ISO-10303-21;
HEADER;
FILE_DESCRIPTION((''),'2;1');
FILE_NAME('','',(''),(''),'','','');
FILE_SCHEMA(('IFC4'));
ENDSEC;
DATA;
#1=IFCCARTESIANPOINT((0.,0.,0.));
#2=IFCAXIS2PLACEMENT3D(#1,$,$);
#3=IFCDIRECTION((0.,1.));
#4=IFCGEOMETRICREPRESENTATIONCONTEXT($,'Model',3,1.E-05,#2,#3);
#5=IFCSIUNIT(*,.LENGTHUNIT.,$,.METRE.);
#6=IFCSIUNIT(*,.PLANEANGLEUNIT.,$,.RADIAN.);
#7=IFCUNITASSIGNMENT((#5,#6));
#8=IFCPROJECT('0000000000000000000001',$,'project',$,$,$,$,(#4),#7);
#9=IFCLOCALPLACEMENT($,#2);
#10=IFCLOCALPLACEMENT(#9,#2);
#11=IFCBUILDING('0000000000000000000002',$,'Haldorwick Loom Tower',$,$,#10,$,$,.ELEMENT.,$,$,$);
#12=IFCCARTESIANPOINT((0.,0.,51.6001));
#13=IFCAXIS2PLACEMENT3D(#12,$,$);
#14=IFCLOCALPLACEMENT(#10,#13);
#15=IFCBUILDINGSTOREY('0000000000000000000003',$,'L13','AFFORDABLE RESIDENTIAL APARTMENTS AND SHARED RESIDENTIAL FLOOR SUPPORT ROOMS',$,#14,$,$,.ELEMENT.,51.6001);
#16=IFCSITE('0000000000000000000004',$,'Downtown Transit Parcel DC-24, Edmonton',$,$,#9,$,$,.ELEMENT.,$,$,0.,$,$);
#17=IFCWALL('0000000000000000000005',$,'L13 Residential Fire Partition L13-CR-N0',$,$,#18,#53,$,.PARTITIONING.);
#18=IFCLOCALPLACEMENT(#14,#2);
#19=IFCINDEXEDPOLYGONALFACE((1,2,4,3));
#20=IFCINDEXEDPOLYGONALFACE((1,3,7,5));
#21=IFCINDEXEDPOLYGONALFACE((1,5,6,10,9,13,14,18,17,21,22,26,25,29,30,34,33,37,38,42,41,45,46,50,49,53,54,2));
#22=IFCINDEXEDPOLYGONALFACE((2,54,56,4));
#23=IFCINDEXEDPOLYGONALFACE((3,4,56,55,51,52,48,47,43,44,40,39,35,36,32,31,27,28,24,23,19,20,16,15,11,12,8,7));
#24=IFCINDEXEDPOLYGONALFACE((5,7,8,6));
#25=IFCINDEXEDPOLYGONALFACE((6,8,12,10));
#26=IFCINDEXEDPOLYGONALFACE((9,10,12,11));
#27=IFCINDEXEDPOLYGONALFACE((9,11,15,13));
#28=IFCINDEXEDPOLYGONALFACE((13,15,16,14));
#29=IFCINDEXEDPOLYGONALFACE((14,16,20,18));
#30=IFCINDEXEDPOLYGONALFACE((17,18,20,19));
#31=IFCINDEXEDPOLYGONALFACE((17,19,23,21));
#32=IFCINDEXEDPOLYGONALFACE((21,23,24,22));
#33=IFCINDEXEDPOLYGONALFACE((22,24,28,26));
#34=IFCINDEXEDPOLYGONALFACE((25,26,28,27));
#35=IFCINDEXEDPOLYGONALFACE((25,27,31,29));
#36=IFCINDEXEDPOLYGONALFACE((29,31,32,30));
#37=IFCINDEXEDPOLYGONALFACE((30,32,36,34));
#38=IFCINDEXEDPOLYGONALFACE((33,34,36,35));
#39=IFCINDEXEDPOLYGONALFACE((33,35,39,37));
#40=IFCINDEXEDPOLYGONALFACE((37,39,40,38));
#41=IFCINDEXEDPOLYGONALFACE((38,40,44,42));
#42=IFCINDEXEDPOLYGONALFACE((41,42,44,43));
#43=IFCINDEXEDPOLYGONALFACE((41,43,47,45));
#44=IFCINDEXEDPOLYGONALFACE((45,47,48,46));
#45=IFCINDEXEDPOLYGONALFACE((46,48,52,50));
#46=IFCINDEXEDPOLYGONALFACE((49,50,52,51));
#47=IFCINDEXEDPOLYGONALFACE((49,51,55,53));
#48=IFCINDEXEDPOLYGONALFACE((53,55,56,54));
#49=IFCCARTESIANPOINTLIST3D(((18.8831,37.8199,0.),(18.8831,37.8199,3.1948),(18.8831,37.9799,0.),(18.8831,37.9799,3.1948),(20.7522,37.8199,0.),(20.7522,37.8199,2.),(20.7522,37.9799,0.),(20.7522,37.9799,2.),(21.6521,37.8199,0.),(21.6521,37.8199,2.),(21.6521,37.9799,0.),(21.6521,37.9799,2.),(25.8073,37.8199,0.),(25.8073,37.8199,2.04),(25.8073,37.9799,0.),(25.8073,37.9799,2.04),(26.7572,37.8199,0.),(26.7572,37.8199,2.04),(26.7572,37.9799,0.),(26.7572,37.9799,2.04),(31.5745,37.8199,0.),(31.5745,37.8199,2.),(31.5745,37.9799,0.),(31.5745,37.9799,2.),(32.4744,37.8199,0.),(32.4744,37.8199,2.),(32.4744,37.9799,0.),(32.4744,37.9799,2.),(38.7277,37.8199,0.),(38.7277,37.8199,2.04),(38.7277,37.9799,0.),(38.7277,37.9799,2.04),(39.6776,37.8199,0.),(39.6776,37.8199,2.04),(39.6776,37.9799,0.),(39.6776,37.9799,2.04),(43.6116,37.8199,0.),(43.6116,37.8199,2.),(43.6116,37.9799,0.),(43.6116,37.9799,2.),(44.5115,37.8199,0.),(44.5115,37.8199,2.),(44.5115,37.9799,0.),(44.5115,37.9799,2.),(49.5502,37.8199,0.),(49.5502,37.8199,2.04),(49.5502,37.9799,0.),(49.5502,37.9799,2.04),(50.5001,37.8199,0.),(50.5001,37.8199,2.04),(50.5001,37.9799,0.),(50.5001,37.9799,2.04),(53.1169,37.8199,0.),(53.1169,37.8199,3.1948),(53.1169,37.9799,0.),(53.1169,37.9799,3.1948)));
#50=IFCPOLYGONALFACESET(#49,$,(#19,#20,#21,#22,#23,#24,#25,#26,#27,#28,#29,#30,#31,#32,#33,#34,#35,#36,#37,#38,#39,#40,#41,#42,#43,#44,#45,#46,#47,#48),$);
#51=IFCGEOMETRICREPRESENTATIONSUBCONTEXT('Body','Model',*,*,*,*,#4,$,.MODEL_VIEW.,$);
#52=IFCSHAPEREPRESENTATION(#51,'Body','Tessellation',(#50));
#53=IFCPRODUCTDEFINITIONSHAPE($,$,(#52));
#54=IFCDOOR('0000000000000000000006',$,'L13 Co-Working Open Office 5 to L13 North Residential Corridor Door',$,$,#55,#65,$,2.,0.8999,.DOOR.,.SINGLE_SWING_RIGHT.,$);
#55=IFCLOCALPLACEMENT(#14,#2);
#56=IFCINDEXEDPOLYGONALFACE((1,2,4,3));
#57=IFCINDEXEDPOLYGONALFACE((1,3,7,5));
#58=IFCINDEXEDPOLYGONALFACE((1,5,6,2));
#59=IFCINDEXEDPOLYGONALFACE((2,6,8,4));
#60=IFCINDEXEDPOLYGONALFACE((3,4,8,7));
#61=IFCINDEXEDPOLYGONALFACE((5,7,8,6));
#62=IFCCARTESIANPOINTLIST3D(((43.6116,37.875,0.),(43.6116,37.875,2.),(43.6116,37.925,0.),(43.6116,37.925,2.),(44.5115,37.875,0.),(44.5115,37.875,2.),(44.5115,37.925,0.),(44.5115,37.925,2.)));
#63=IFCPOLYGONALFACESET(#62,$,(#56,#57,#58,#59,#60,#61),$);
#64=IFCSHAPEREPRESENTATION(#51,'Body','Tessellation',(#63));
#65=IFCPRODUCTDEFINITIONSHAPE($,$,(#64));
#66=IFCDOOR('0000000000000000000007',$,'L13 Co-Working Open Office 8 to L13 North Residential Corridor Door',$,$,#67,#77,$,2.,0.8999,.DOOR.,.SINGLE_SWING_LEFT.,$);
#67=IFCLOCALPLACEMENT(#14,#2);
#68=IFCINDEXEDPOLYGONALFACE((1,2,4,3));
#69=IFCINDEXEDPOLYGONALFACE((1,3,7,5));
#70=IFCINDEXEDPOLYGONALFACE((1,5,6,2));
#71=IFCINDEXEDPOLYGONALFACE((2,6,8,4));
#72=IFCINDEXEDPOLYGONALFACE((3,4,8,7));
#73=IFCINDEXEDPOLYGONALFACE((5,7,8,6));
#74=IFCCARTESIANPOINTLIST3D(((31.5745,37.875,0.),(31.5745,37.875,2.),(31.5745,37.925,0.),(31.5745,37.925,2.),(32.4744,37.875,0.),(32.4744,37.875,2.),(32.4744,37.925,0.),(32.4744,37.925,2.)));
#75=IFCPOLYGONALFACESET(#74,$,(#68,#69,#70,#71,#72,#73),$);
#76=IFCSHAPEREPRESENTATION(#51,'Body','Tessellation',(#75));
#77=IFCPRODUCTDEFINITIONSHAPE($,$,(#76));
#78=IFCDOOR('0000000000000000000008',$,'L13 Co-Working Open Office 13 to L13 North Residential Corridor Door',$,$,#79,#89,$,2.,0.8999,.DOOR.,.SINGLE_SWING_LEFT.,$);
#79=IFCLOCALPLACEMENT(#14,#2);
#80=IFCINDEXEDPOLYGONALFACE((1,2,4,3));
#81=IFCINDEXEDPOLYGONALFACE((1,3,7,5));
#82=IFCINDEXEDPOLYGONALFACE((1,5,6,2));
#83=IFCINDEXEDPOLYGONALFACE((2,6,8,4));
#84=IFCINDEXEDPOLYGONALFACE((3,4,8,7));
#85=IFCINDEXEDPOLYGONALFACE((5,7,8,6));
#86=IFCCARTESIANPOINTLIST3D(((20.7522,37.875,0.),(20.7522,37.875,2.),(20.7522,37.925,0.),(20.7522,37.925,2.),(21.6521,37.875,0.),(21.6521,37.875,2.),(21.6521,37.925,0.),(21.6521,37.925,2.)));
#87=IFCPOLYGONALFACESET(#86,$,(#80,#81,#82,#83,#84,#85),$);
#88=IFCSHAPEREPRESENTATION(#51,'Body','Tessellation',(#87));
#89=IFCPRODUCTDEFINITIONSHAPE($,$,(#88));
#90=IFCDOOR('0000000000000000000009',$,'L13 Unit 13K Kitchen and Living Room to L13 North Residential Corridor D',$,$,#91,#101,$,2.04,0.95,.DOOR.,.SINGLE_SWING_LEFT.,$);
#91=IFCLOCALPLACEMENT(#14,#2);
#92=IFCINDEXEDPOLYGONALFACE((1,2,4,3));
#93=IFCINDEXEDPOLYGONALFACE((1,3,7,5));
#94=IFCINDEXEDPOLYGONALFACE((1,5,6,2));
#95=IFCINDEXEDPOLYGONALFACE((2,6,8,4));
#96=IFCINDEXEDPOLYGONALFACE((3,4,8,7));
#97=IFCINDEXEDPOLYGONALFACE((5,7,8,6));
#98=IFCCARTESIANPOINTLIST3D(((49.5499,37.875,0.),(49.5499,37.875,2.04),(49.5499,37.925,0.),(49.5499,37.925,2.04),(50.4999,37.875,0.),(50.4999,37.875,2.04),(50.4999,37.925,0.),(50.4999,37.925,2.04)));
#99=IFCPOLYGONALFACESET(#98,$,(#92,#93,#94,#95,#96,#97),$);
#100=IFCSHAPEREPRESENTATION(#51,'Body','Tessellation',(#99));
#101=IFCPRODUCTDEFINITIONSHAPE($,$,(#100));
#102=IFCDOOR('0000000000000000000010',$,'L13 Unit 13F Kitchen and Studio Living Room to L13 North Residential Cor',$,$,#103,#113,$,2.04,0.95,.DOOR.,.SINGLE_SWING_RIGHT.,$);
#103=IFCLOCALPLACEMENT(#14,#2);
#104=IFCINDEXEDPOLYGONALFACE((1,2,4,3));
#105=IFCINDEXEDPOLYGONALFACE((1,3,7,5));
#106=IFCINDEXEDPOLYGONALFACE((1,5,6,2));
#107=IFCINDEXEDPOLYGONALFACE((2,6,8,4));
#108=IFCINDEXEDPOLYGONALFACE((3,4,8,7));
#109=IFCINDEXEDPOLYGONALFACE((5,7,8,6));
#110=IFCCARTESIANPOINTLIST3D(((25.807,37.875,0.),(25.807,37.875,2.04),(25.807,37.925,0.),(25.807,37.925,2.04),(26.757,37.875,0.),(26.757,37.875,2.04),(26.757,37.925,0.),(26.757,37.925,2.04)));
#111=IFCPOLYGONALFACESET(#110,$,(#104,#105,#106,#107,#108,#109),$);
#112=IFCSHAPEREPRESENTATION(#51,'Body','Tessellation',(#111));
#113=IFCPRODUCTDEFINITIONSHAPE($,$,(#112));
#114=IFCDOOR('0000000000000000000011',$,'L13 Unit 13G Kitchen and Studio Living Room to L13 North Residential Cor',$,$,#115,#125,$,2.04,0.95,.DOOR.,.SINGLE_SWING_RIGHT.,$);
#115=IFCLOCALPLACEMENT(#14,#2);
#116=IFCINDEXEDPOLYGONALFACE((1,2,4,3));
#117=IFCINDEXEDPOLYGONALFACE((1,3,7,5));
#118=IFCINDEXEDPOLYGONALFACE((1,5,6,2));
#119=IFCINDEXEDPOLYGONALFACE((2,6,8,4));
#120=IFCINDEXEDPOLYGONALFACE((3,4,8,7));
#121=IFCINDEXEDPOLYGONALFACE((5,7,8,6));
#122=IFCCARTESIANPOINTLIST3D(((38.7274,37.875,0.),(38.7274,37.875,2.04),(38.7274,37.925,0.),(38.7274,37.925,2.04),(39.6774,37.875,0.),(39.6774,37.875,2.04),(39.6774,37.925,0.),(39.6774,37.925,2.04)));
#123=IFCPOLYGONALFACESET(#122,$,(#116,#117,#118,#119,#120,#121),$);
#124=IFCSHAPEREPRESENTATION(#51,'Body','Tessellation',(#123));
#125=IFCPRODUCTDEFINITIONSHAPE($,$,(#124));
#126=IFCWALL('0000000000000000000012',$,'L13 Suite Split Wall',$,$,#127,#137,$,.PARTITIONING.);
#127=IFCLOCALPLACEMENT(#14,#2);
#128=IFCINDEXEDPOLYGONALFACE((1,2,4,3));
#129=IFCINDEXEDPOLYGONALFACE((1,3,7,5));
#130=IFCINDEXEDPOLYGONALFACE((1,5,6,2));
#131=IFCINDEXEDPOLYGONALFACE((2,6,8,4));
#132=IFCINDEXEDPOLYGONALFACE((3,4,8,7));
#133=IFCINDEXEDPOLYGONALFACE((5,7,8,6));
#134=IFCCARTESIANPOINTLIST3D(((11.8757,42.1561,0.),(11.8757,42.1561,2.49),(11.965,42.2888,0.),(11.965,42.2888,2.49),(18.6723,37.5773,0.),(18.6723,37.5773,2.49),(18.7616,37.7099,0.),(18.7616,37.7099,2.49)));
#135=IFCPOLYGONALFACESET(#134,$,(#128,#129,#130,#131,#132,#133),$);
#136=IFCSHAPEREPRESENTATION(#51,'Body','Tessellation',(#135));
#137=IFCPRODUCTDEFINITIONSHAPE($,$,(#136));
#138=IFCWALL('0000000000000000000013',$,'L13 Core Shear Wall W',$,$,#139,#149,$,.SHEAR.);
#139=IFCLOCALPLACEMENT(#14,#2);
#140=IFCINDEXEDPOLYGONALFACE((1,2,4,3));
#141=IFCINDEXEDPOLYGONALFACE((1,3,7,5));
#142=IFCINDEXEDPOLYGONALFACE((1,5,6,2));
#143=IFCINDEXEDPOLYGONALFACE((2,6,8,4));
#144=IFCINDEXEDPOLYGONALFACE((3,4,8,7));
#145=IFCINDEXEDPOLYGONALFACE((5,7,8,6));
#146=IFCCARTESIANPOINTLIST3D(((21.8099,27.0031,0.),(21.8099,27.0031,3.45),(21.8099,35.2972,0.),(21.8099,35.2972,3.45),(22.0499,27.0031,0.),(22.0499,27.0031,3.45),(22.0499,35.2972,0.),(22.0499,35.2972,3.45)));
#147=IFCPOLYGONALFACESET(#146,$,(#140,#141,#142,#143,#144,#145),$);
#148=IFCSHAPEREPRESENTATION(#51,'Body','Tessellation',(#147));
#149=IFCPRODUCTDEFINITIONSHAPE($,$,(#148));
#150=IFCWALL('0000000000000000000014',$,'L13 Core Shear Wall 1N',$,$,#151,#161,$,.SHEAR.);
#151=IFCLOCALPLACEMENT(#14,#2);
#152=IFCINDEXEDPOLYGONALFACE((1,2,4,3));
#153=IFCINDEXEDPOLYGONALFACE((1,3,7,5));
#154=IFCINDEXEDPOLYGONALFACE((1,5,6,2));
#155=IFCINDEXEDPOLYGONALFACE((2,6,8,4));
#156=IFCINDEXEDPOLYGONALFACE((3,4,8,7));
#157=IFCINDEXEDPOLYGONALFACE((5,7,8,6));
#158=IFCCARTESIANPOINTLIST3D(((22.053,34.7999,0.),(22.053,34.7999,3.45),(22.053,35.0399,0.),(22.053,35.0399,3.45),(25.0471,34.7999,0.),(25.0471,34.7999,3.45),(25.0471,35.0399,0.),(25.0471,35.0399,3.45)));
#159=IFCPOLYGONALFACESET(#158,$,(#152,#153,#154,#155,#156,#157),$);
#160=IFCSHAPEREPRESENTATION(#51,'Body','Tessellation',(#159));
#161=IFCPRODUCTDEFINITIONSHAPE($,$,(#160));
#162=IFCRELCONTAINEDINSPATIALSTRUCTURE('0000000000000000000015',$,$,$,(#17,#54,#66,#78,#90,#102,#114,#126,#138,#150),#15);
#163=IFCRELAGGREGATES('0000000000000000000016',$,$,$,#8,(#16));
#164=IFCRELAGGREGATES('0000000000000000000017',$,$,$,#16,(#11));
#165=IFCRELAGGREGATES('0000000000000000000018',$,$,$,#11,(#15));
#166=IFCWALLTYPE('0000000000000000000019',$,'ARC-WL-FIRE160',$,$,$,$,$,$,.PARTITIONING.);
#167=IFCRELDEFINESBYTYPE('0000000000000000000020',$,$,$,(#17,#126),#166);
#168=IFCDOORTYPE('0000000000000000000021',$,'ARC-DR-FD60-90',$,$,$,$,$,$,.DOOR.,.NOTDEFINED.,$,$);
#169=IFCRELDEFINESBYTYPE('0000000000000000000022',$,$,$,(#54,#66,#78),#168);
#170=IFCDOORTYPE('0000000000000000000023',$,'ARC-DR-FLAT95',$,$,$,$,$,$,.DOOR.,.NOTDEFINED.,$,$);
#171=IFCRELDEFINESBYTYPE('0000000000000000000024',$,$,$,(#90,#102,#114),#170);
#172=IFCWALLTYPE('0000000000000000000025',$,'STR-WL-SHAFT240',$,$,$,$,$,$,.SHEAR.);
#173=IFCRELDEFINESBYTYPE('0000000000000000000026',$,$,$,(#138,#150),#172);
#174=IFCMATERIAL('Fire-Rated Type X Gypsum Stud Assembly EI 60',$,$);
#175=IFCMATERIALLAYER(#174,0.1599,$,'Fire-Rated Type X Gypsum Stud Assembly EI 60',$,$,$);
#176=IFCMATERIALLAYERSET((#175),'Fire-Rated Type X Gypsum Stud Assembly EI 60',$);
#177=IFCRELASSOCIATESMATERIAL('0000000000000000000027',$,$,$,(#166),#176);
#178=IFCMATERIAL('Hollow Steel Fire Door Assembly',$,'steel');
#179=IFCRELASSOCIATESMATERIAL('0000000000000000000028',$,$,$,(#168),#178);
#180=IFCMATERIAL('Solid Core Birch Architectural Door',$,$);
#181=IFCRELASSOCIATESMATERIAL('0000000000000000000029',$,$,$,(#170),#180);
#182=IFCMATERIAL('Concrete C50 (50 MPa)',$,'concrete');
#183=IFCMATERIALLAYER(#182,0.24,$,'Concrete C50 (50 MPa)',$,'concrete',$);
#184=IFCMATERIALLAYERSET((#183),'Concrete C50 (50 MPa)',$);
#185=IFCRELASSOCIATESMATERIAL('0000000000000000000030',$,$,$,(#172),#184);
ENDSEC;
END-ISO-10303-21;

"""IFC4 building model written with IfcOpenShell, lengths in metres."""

from ifc_helpers import new_model, si_unit, direction, frame, frame_2d, origin, place, context, subcontext, project, spatial, rectangle, extrude, material, layer, layer_set, type_object, element, fill, save


model = new_model("IFC4")

# Units and contexts
model_context = context("Model", 3, precision=1e-05, world=origin(), true_north=direction((0.0, 1.0)))
body_context = subcontext(model_context, "Body", "Model", "MODEL_VIEW")
ifc_project = project(units=[si_unit("LENGTHUNIT", "METRE"), si_unit("PLANEANGLEUNIT", "RADIAN")], contexts=[model_context])

# Site, building, storey
site_placement = place(None, origin())
site = spatial("IfcSite", under=ifc_project, at=site_placement, Name="Downtown Transit Parcel DC-24, Edmonton", CompositionType="ELEMENT", RefElevation=0.0)
building_placement = place(site_placement, origin())
building = spatial("IfcBuilding", under=site, at=building_placement, Name="Haldorwick Loom Tower", CompositionType="ELEMENT")
storey_placement = place(building_placement, frame((0.0, 0.0, 51.6001)))
storey = spatial("IfcBuildingStorey", under=building, at=storey_placement, Name="L13", Description="AFFORDABLE RESIDENTIAL APARTMENTS AND SHARED RESIDENTIAL FLOOR SUPPORT ROOMS", CompositionType="ELEMENT", Elevation=51.6001)

# Shared definitions
ifc_material_1 = material(Name="Fire-Rated Type X Gypsum Stud Assembly EI 60")
ifc_layer_1 = layer(ifc_material_1, 0.1599, Name="Fire-Rated Type X Gypsum Stud Assembly EI 60")
ifc_layer_set_1 = layer_set([ifc_layer_1], Name="Fire-Rated Type X Gypsum Stud Assembly EI 60")
wall_type_1 = type_object("IfcWallType", Name="ARC-WL-FIRE160", PredefinedType="PARTITIONING", material=ifc_layer_set_1)

# Wall, openings, doors
wall_1_placement = place(storey_placement, frame((18.8831, 37.8999, 0.0), z_axis=(0.0, 0.0, 1.0), x_axis=(1.0, 0.0, 0.0)))
wall_1 = element("IfcWall", 1, at=wall_1_placement, inside=storey, type_object=wall_type_1, Name="L13 Residential Fire Partition L13-CR-N0", PredefinedType="PARTITIONING", context=body_context, shape_type="SweptSolid", body=[
    extrude(rectangle(XDim=34.2339, YDim=0.1599, at=frame_2d((17.1169, 0.0))), origin(), (0.0, 0.0, 1.0), 3.1948),
])
opening_1_placement = place(wall_1_placement, frame((30.667, 0.0, 0.0)))
opening_1 = element("IfcOpeningElement", 2, at=opening_1_placement, cuts=wall_1, PredefinedType="OPENING", context=body_context, shape_type="SweptSolid", body=[
    extrude(rectangle(XDim=0.95, YDim=2.04, at=frame_2d((0.4751, 1.02))), frame((0.0, 0.0898, 0.0), z_axis=(0.0, -1.0, 0.0), x_axis=(1.0, 0.0, 0.0)), (0.0, 0.0, 1.0), 0.1799),
])
opening_2_placement = place(wall_1_placement, frame((24.7285, 0.0, 0.0)))
opening_2 = element("IfcOpeningElement", 3, at=opening_2_placement, cuts=wall_1, PredefinedType="OPENING", context=body_context, shape_type="SweptSolid", body=[
    extrude(rectangle(XDim=0.8999, YDim=2.0, at=frame_2d((0.45, 1.0))), frame((0.0, 0.0898, 0.0), z_axis=(0.0, -1.0, 0.0), x_axis=(1.0, 0.0, 0.0)), (0.0, 0.0, 1.0), 0.1799),
])
opening_3_placement = place(wall_1_placement, frame((12.6914, 0.0, 0.0)))
opening_3 = element("IfcOpeningElement", 4, at=opening_3_placement, cuts=wall_1, PredefinedType="OPENING", context=body_context, shape_type="SweptSolid", body=[
    extrude(rectangle(XDim=0.8999, YDim=2.0, at=frame_2d((0.45, 1.0))), frame((0.0, 0.0898, 0.0), z_axis=(0.0, -1.0, 0.0), x_axis=(1.0, 0.0, 0.0)), (0.0, 0.0, 1.0), 0.1799),
])
opening_4_placement = place(wall_1_placement, frame((6.9241, 0.0, 0.0)))
opening_4 = element("IfcOpeningElement", 5, at=opening_4_placement, cuts=wall_1, PredefinedType="OPENING", context=body_context, shape_type="SweptSolid", body=[
    extrude(rectangle(XDim=0.95, YDim=2.04, at=frame_2d((0.4751, 1.02))), frame((0.0, 0.0898, 0.0), z_axis=(0.0, -1.0, 0.0), x_axis=(1.0, 0.0, 0.0)), (0.0, 0.0, 1.0), 0.1799),
])
opening_5_placement = place(wall_1_placement, frame((1.8691, 0.0, 0.0)))
opening_5 = element("IfcOpeningElement", 6, at=opening_5_placement, cuts=wall_1, PredefinedType="OPENING", context=body_context, shape_type="SweptSolid", body=[
    extrude(rectangle(XDim=0.8999, YDim=2.0, at=frame_2d((0.45, 1.0))), frame((0.0, 0.0898, 0.0), z_axis=(0.0, -1.0, 0.0), x_axis=(1.0, 0.0, 0.0)), (0.0, 0.0, 1.0), 0.1799),
])
opening_6_placement = place(wall_1_placement, frame((19.8445, 0.0, 0.0)))
opening_6 = element("IfcOpeningElement", 7, at=opening_6_placement, cuts=wall_1, PredefinedType="OPENING", context=body_context, shape_type="SweptSolid", body=[
    extrude(rectangle(XDim=0.95, YDim=2.04, at=frame_2d((0.4751, 1.02))), frame((0.0, 0.0898, 0.0), z_axis=(0.0, -1.0, 0.0), x_axis=(1.0, 0.0, 0.0)), (0.0, 0.0, 1.0), 0.1799),
])
ifc_material_2 = material(Name="Hollow Steel Fire Door Assembly", Category="steel")
door_type_1 = type_object("IfcDoorType", Name="ARC-DR-FD60-90", OperationType="NOTDEFINED", PredefinedType="DOOR", material=ifc_material_2)
door_1_placement = place(opening_2_placement, frame((0.8999, 0.0, 0.0), z_axis=(0.0, 0.0, 1.0), x_axis=(-1.0, 0.0, 0.0)))
door_1 = element("IfcDoor", 8, at=door_1_placement, inside=storey, type_object=door_type_1, Name="L13 Co-Working Open Office 5 to L13 North Residential Corridor Door", OperationType="SINGLE_SWING_RIGHT", OverallHeight=2.0, OverallWidth=0.8999, PredefinedType="DOOR", context=body_context, shape_type="SweptSolid", body=[
    extrude(rectangle(XDim=0.8999, YDim=2.0, at=frame_2d((0.45, 1.0))), frame((0.0, 0.0249, 0.0), z_axis=(0.0, -1.0, 0.0), x_axis=(1.0, 0.0, 0.0)), (0.0, 0.0, 1.0), 0.05),
])
fill(opening_2, door_1)
door_2_placement = place(opening_3_placement, frame((0.8999, 0.0, 0.0), z_axis=(0.0, 0.0, 1.0), x_axis=(-1.0, 0.0, 0.0)))
door_2 = element("IfcDoor", 9, at=door_2_placement, inside=storey, type_object=door_type_1, Name="L13 Co-Working Open Office 8 to L13 North Residential Corridor Door", OperationType="SINGLE_SWING_LEFT", OverallHeight=2.0, OverallWidth=0.8999, PredefinedType="DOOR", context=body_context, shape_type="SweptSolid", body=[
    extrude(rectangle(XDim=0.8999, YDim=2.0, at=frame_2d((0.45, 1.0))), frame((0.0, 0.0249, 0.0), z_axis=(0.0, -1.0, 0.0), x_axis=(1.0, 0.0, 0.0)), (0.0, 0.0, 1.0), 0.05),
])
fill(opening_3, door_2)
door_3_placement = place(opening_5_placement, frame((0.8999, 0.0, 0.0), z_axis=(0.0, 0.0, 1.0), x_axis=(-1.0, 0.0, 0.0)))
door_3 = element("IfcDoor", 10, at=door_3_placement, inside=storey, type_object=door_type_1, Name="L13 Co-Working Open Office 13 to L13 North Residential Corridor Door", OperationType="SINGLE_SWING_LEFT", OverallHeight=2.0, OverallWidth=0.8999, PredefinedType="DOOR", context=body_context, shape_type="SweptSolid", body=[
    extrude(rectangle(XDim=0.8999, YDim=2.0, at=frame_2d((0.45, 1.0))), frame((0.0, 0.0249, 0.0), z_axis=(0.0, -1.0, 0.0), x_axis=(1.0, 0.0, 0.0)), (0.0, 0.0, 1.0), 0.05),
])
fill(opening_5, door_3)
ifc_material_3 = material(Name="Solid Core Birch Architectural Door")
door_type_2 = type_object("IfcDoorType", Name="ARC-DR-FLAT95", OperationType="NOTDEFINED", PredefinedType="DOOR", material=ifc_material_3)
door_4_placement = place(opening_1_placement, frame((0.95, 0.0, 0.0), z_axis=(0.0, 0.0, 1.0), x_axis=(-1.0, 0.0, 0.0)))
door_4 = element("IfcDoor", 11, at=door_4_placement, inside=storey, type_object=door_type_2, Name="L13 Unit 13K Kitchen and Living Room to L13 North Residential Corridor D", OperationType="SINGLE_SWING_LEFT", OverallHeight=2.04, OverallWidth=0.95, PredefinedType="DOOR", context=body_context, shape_type="SweptSolid", body=[
    extrude(rectangle(XDim=0.95, YDim=2.04, at=frame_2d((0.4751, 1.02))), frame((0.0, 0.0249, 0.0), z_axis=(0.0, -1.0, 0.0), x_axis=(1.0, 0.0, 0.0)), (0.0, 0.0, 1.0), 0.05),
])
fill(opening_1, door_4)
door_5_placement = place(opening_4_placement, frame((0.95, 0.0, 0.0), z_axis=(0.0, 0.0, 1.0), x_axis=(-1.0, 0.0, 0.0)))
door_5 = element("IfcDoor", 12, at=door_5_placement, inside=storey, type_object=door_type_2, Name="L13 Unit 13F Kitchen and Studio Living Room to L13 North Residential Cor", OperationType="SINGLE_SWING_RIGHT", OverallHeight=2.04, OverallWidth=0.95, PredefinedType="DOOR", context=body_context, shape_type="SweptSolid", body=[
    extrude(rectangle(XDim=0.95, YDim=2.04, at=frame_2d((0.4751, 1.02))), frame((0.0, 0.0249, 0.0), z_axis=(0.0, -1.0, 0.0), x_axis=(1.0, 0.0, 0.0)), (0.0, 0.0, 1.0), 0.05),
])
fill(opening_4, door_5)
door_6_placement = place(opening_6_placement, frame((0.95, 0.0, 0.0), z_axis=(0.0, 0.0, 1.0), x_axis=(-1.0, 0.0, 0.0)))
door_6 = element("IfcDoor", 13, at=door_6_placement, inside=storey, type_object=door_type_2, Name="L13 Unit 13G Kitchen and Studio Living Room to L13 North Residential Cor", OperationType="SINGLE_SWING_RIGHT", OverallHeight=2.04, OverallWidth=0.95, PredefinedType="DOOR", context=body_context, shape_type="SweptSolid", body=[
    extrude(rectangle(XDim=0.95, YDim=2.04, at=frame_2d((0.4751, 1.02))), frame((0.0, 0.0249, 0.0), z_axis=(0.0, -1.0, 0.0), x_axis=(1.0, 0.0, 0.0)), (0.0, 0.0, 1.0), 0.05),
])
fill(opening_6, door_6)

# Walls
wall_2_placement = place(storey_placement, frame((18.717, 37.6436, 0.0), z_axis=(0.0, 0.0, 1.0), x_axis=(-0.82935, 0.558729, 0.0)))
element("IfcWall", 14, at=wall_2_placement, inside=storey, type_object=wall_type_1, Name="L13 Suite Split Wall", PredefinedType="PARTITIONING", context=body_context, shape_type="SweptSolid", body=[
    extrude(rectangle(XDim=8.1951, YDim=0.1599, at=frame_2d((4.0977, 0.0))), origin(), (0.0, 0.0, 1.0), 2.49),
])
ifc_material_4 = material(Name="Concrete C50 (50 MPa)", Category="concrete")
ifc_layer_2 = layer(ifc_material_4, 0.24, Name="Concrete C50 (50 MPa)", Category="concrete")
ifc_layer_set_2 = layer_set([ifc_layer_2], Name="Concrete C50 (50 MPa)")
wall_type_2 = type_object("IfcWallType", Name="STR-WL-SHAFT240", PredefinedType="SHEAR", material=ifc_layer_set_2)
wall_3_placement = place(storey_placement, frame((21.9299, 35.2971, 0.0), z_axis=(0.0, 0.0, 1.0), x_axis=(0.0, -1.0, 0.0)))
element("IfcWall", 15, at=wall_3_placement, inside=storey, type_object=wall_type_2, Name="L13 Core Shear Wall W", PredefinedType="SHEAR", context=body_context, shape_type="SweptSolid", body=[
    extrude(rectangle(XDim=8.2942, YDim=0.24, at=frame_2d((4.147, 0.0))), origin(), (0.0, 0.0, 1.0), 3.45),
])
wall_4_placement = place(storey_placement, frame((22.053, 34.9199, 0.0), z_axis=(0.0, 0.0, 1.0), x_axis=(1.0, 0.0, 0.0)))
element("IfcWall", 16, at=wall_4_placement, inside=storey, type_object=wall_type_2, Name="L13 Core Shear Wall 1N", PredefinedType="SHEAR", context=body_context, shape_type="SweptSolid", body=[
    extrude(rectangle(XDim=2.9941, YDim=0.24, at=frame_2d((1.4971, 0.0))), origin(), (0.0, 0.0, 1.0), 3.45),
])

save(model, "model.ifc")
